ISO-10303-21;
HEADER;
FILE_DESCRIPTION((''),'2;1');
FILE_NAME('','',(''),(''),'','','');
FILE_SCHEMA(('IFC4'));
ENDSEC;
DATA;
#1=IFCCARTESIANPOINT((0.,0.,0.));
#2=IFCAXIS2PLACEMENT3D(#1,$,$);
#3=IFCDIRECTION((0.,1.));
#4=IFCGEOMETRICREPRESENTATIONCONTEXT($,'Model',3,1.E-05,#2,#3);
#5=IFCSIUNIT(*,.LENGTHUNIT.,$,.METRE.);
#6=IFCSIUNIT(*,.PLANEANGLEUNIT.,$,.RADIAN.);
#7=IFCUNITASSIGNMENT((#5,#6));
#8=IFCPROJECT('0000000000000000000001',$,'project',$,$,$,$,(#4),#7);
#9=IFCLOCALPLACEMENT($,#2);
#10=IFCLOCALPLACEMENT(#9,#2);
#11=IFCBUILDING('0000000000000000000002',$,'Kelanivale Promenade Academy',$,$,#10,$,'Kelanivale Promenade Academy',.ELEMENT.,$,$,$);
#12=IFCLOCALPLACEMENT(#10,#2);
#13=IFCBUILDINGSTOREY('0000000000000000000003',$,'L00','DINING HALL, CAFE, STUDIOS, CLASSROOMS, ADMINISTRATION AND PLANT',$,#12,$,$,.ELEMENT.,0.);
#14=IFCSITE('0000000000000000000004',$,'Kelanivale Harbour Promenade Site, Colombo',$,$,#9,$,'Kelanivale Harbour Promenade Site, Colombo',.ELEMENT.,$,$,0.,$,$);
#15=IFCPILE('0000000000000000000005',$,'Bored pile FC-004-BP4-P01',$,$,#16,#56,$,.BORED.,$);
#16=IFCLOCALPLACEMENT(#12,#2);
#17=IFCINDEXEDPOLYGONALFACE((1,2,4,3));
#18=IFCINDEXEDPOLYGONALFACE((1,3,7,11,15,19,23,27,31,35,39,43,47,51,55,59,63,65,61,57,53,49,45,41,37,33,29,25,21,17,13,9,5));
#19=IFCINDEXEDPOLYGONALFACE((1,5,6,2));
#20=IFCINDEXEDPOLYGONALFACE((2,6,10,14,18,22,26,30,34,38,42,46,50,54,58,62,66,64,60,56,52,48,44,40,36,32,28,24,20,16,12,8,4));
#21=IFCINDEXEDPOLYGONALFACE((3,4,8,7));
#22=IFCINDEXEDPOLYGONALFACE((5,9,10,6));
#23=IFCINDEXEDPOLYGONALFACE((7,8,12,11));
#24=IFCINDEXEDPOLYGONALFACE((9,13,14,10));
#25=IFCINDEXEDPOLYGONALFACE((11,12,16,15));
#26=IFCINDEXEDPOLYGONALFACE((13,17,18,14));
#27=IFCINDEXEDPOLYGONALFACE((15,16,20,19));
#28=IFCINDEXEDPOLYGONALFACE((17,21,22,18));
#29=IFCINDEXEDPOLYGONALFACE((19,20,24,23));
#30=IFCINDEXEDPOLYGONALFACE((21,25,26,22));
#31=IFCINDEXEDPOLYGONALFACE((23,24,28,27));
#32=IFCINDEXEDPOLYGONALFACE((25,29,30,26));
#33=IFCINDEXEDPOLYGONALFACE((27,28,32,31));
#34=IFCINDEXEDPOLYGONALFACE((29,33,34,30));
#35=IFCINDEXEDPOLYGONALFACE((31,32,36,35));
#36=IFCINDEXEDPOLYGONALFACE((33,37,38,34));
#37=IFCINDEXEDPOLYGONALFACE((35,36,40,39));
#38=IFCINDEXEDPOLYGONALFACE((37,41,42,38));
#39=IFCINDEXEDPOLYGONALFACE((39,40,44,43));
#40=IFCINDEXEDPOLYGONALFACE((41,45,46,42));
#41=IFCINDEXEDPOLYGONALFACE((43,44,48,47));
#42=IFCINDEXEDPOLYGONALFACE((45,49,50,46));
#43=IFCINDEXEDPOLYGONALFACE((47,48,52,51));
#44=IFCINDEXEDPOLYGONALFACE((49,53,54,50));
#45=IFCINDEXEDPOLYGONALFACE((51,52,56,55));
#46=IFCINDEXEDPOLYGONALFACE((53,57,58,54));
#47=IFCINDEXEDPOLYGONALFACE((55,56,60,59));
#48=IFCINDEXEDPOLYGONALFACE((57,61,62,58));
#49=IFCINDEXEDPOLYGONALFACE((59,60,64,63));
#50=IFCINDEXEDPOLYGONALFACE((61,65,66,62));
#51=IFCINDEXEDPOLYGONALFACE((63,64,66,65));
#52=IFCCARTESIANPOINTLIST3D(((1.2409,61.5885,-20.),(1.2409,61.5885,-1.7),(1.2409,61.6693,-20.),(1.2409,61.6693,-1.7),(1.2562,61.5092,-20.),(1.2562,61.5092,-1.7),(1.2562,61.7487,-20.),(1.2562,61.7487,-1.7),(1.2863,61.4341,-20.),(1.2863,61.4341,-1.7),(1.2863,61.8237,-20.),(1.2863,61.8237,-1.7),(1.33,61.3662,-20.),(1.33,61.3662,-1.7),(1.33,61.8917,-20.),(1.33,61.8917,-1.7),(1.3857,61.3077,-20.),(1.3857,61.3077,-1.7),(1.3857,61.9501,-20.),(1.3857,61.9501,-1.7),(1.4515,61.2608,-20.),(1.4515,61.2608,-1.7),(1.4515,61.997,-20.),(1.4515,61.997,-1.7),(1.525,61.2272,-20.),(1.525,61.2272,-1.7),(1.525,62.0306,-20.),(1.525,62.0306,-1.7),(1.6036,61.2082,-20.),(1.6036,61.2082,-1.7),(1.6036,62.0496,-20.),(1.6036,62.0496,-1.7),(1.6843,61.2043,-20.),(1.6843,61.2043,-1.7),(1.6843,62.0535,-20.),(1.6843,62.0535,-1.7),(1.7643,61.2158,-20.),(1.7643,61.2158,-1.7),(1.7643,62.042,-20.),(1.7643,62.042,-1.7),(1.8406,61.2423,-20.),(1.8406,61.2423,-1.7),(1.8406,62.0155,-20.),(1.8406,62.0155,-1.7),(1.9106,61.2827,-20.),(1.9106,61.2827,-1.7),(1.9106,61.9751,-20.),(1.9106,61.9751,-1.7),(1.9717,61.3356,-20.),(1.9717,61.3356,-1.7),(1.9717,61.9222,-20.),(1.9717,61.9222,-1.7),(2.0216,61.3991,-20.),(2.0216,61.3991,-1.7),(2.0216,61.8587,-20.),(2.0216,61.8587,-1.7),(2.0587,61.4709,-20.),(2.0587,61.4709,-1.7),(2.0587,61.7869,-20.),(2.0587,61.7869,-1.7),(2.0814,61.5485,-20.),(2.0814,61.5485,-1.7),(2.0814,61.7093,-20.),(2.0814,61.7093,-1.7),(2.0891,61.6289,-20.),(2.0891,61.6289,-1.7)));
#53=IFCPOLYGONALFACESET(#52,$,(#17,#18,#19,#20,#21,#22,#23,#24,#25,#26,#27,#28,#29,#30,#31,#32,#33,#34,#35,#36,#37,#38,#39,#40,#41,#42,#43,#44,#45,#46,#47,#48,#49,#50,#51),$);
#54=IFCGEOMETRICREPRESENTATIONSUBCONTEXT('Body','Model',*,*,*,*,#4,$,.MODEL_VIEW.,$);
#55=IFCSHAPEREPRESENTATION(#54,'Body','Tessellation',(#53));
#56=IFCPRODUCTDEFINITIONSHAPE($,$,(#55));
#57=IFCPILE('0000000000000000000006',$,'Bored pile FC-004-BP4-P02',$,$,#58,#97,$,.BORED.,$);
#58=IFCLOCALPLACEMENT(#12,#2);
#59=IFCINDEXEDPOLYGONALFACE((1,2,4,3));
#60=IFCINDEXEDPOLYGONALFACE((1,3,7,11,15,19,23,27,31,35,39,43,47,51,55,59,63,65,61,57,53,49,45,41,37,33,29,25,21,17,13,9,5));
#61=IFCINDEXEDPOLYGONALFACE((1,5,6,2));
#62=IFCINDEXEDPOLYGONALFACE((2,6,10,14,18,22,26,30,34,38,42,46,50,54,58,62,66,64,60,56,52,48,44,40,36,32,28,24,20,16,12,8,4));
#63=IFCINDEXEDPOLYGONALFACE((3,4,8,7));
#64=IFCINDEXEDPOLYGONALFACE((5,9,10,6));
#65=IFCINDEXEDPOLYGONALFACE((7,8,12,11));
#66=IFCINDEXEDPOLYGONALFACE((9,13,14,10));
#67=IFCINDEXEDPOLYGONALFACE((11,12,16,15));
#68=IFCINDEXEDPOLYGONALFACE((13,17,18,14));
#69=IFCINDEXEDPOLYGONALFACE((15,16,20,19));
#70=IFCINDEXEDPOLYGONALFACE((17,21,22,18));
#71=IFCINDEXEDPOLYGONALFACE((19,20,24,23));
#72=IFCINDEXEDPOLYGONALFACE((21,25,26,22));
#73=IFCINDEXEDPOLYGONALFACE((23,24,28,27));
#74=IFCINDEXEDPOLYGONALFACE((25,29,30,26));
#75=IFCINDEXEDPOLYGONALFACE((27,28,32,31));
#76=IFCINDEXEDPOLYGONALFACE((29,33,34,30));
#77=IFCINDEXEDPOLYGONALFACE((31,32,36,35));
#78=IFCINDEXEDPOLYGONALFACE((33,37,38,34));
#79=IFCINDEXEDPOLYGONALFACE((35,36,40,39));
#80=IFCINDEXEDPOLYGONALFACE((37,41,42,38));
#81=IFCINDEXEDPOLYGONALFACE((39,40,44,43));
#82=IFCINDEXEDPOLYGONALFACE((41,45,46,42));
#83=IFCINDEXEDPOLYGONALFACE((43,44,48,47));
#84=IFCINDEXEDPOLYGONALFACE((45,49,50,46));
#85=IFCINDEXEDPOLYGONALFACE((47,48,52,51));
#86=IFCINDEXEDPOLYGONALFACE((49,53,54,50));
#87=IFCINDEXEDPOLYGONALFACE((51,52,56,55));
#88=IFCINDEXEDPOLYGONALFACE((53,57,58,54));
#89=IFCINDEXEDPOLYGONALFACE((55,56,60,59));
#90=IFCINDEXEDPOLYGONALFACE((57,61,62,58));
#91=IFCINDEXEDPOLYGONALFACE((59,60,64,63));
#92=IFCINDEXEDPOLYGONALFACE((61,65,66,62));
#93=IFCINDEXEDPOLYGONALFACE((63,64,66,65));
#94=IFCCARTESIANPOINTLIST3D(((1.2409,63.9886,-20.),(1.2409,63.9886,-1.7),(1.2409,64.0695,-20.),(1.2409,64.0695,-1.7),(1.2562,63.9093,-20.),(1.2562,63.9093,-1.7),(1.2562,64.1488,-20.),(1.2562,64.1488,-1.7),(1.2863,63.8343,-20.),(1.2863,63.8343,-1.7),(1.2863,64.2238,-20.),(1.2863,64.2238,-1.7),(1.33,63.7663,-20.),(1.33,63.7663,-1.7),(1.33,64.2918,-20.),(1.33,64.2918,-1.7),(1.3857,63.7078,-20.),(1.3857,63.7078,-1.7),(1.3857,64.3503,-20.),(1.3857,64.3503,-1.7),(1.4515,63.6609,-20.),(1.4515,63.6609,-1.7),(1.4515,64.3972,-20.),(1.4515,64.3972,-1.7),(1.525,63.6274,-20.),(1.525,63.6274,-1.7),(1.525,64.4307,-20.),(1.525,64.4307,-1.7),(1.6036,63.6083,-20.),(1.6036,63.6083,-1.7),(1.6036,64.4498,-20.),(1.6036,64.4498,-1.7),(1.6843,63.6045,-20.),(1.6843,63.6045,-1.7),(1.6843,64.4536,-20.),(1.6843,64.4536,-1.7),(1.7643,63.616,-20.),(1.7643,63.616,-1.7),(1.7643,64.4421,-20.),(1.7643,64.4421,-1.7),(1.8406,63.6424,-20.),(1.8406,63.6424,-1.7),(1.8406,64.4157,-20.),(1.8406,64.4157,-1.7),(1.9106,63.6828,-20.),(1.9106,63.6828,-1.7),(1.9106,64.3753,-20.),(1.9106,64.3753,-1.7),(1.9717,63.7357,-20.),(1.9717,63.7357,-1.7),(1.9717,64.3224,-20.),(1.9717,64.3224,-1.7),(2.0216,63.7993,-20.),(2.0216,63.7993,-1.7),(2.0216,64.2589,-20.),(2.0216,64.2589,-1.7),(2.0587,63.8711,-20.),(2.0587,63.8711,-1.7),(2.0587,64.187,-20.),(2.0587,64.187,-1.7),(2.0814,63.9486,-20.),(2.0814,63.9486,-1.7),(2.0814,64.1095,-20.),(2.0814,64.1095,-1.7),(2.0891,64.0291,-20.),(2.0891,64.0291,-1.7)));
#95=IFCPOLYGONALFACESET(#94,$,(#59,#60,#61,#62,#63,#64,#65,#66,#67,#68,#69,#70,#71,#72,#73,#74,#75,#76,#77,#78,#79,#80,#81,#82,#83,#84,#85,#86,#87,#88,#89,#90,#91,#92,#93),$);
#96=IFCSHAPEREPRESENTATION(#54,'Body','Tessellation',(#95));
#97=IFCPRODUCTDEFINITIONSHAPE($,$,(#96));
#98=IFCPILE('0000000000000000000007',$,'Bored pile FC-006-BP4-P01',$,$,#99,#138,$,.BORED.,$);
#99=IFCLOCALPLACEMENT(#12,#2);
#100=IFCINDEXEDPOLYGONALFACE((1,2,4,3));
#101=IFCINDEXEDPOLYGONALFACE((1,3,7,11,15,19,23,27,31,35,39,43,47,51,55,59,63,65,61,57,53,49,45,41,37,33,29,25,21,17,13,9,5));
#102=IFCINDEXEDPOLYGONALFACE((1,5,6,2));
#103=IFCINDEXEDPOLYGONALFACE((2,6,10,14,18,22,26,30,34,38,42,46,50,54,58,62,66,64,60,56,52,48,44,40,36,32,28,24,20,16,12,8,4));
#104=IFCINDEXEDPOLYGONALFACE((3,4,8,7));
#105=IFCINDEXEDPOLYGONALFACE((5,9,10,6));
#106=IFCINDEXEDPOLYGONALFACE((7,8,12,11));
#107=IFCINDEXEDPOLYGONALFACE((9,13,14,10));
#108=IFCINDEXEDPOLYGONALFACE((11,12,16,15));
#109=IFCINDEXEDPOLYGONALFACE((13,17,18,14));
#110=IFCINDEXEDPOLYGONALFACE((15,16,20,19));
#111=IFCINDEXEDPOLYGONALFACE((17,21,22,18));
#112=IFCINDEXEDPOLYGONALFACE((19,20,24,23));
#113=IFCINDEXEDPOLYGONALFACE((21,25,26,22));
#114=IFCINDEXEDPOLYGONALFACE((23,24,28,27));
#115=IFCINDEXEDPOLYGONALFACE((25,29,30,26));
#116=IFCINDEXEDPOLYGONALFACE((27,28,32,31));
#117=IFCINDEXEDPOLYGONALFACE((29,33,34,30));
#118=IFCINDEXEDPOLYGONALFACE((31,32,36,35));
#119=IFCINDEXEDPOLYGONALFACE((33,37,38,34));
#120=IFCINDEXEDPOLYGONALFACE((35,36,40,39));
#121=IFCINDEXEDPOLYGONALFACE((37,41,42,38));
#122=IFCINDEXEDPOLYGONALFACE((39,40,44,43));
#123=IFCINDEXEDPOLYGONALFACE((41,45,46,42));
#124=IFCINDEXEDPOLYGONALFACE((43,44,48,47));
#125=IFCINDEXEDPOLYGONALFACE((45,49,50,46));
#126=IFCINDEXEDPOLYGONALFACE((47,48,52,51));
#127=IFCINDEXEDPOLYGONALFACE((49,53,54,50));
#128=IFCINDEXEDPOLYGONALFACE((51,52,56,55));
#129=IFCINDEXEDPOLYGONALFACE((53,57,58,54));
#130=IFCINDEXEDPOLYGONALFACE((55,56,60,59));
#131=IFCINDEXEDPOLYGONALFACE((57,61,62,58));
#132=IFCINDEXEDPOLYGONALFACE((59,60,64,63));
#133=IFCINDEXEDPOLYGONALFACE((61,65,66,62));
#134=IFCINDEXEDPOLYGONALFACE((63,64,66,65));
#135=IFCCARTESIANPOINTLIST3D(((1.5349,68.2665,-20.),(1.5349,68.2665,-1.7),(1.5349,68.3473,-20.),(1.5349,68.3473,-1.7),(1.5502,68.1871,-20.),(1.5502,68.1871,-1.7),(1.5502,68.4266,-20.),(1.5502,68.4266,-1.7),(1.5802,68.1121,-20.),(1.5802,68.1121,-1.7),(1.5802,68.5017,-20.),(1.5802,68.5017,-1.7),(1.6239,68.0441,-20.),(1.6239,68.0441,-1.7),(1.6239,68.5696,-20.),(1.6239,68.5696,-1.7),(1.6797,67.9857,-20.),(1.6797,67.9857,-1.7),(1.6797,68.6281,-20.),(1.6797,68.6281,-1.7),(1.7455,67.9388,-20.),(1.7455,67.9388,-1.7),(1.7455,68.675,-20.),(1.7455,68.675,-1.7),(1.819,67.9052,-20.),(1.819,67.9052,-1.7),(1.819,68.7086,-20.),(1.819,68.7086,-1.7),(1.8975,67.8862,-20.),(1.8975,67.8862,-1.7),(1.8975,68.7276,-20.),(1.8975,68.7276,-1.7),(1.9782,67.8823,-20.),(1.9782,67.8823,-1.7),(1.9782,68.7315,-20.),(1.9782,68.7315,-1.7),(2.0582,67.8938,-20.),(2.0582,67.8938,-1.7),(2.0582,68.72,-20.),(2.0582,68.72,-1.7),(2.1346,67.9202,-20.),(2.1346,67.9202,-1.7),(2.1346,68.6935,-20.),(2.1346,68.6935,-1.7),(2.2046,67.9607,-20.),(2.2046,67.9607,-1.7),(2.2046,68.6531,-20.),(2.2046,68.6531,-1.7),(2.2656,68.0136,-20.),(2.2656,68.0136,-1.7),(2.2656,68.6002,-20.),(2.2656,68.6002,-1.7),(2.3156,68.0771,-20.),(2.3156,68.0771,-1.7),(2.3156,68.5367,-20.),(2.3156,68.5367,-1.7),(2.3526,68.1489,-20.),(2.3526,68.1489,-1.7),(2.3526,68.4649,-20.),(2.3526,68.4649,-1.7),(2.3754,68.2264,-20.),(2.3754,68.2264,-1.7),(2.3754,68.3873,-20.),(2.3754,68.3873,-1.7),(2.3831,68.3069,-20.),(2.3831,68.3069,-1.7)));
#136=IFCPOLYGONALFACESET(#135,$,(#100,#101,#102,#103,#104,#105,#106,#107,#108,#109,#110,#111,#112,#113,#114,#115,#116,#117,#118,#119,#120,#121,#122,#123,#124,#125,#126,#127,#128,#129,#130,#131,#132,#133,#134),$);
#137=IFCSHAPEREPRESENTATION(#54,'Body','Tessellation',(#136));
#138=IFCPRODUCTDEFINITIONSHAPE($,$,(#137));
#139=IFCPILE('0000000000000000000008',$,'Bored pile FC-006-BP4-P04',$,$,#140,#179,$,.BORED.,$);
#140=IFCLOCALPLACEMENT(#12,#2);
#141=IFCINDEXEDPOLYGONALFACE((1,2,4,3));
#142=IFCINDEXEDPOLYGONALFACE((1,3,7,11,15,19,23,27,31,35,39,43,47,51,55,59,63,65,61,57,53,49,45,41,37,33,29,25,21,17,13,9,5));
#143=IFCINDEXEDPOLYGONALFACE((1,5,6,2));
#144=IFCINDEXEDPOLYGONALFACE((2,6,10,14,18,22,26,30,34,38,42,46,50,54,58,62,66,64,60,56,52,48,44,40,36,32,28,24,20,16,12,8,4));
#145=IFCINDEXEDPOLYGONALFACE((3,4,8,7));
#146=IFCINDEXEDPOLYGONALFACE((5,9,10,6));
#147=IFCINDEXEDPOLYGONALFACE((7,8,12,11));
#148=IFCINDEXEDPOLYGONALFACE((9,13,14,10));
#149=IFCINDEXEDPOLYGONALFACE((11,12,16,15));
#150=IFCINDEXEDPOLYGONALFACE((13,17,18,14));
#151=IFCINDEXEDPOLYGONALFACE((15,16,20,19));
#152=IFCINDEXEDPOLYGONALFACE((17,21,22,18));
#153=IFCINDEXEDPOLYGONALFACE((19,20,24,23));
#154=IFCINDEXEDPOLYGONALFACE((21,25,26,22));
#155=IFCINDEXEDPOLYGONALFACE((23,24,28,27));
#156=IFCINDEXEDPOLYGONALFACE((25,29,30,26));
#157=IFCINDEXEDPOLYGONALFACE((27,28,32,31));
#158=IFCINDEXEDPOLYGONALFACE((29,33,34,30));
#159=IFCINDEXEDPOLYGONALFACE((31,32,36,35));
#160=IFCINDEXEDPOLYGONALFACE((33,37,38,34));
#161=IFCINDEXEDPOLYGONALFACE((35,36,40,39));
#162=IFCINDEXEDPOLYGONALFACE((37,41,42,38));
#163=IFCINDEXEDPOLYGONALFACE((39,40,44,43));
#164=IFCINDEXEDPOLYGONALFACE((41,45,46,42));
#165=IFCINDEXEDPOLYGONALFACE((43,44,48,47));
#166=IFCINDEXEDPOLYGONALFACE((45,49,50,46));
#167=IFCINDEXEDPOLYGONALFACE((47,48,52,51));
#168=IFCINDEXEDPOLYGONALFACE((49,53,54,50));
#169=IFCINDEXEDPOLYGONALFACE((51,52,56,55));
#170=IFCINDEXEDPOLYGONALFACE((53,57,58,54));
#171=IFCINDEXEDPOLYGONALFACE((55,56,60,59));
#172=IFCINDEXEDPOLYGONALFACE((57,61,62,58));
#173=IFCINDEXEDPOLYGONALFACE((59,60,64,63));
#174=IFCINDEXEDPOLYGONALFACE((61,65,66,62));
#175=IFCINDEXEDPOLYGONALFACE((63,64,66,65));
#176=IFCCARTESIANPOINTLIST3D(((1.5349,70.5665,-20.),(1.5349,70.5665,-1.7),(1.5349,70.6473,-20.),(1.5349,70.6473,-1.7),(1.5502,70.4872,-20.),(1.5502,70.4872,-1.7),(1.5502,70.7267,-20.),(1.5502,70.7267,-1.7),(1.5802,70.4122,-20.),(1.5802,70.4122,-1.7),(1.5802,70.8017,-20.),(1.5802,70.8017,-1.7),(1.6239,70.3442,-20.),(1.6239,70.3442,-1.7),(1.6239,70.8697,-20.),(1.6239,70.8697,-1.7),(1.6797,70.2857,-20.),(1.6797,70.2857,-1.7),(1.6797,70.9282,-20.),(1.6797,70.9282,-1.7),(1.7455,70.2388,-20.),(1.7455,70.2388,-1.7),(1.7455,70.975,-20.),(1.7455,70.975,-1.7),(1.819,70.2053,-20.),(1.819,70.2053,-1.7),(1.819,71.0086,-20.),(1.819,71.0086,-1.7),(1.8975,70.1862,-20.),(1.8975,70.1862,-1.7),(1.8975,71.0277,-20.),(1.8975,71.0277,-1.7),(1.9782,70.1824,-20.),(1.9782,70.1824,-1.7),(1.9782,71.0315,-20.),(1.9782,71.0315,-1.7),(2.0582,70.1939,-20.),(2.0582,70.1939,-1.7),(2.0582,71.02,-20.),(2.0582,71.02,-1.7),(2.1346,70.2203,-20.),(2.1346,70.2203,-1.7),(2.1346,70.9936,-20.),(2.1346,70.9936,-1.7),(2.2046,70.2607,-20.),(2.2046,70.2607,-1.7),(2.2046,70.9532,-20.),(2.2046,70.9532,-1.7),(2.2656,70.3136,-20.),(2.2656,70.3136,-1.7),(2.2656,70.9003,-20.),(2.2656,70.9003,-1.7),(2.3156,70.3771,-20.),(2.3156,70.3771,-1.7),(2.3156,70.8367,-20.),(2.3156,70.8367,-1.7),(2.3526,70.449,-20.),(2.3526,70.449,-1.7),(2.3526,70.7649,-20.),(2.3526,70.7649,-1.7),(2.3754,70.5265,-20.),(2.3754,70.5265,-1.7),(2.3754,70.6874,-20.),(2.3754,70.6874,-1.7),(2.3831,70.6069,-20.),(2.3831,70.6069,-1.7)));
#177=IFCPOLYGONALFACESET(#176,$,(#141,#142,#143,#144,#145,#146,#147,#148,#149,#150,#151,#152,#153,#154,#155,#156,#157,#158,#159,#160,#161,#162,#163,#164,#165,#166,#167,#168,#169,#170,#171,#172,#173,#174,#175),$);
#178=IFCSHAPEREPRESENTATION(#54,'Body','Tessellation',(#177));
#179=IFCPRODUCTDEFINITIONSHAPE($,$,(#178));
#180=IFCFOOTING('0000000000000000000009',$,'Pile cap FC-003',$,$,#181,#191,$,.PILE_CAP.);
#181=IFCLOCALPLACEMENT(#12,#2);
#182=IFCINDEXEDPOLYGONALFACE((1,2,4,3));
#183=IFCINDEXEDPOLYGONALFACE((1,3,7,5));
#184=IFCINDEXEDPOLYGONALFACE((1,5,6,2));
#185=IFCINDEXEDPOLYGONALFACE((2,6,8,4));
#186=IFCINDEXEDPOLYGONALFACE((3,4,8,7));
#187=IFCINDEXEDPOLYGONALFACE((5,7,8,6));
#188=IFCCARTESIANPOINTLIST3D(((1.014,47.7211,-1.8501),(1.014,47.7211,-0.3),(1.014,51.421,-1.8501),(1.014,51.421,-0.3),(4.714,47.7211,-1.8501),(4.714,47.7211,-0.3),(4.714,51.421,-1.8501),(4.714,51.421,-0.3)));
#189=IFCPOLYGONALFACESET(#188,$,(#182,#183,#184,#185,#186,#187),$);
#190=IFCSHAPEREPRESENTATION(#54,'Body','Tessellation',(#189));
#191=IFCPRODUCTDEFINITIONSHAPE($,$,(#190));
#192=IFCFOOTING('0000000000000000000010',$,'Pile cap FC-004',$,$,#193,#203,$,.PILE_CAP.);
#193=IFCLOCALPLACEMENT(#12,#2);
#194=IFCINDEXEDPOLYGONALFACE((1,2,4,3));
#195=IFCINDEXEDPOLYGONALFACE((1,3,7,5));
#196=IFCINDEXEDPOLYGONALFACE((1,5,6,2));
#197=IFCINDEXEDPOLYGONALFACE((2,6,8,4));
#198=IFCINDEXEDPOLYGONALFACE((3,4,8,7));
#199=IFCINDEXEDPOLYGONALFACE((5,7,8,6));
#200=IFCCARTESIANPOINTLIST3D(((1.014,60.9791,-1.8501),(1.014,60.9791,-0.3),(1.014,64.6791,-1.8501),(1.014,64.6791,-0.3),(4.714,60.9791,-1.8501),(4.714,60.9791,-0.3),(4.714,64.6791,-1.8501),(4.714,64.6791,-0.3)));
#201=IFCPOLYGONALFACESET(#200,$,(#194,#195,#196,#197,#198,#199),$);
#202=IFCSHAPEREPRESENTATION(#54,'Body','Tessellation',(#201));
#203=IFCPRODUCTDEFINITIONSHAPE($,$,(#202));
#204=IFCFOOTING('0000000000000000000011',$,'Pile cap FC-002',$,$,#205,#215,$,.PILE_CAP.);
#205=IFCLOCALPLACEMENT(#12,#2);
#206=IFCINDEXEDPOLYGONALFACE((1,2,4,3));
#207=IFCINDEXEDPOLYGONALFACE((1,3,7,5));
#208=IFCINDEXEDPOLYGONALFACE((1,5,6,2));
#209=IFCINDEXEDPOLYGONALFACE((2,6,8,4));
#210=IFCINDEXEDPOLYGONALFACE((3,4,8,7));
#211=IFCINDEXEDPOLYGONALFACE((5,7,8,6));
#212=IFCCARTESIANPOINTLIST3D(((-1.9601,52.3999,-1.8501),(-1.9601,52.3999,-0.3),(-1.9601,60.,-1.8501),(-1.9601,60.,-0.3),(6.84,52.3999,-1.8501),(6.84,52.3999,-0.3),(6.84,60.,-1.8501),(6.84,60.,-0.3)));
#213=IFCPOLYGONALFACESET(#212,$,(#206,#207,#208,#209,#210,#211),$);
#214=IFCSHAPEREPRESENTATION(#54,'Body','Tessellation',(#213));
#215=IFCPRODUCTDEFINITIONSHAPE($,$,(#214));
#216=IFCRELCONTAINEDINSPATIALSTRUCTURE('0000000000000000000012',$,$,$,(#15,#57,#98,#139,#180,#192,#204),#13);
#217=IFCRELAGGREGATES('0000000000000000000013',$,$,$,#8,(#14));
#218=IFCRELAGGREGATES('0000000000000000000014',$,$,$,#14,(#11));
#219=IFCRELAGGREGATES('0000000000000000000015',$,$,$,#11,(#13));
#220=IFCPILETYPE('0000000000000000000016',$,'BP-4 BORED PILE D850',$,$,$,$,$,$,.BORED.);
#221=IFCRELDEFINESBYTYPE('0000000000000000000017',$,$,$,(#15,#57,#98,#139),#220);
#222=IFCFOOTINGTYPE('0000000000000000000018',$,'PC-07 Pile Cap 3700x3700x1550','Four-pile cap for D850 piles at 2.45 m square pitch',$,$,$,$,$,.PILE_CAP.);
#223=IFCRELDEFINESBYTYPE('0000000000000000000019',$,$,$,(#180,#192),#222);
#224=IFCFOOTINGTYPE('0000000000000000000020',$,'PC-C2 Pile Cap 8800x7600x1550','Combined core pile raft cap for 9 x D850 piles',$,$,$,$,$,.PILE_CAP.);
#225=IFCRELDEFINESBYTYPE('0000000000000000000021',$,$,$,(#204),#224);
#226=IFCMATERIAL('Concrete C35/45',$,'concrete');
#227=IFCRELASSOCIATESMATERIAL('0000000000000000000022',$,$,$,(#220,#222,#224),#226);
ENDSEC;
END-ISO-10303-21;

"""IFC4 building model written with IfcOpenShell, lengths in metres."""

from ifc_helpers import new_model, si_unit, direction, frame, origin, origin_2d, place, context, subcontext, project, spatial, rectangle, circle, extrude, material, material_profile, profile_set, type_object, element, save


model = new_model("IFC4")

# Units and contexts
model_context = context("Model", 3, precision=1e-05, world=origin(), true_north=direction((0.0, 1.0)))
body_context = subcontext(model_context, "Body", "Model", "MODEL_VIEW")
ifc_project = project(units=[si_unit("LENGTHUNIT", "METRE"), si_unit("PLANEANGLEUNIT", "RADIAN")], contexts=[model_context])

# Site, building, storey
site_placement = place(None, origin())
site = spatial("IfcSite", under=ifc_project, at=site_placement, Name="Kelanivale Harbour Promenade Site, Colombo", LongName="Kelanivale Harbour Promenade Site, Colombo", CompositionType="ELEMENT", RefElevation=0.0)
building_placement = place(site_placement, origin())
building = spatial("IfcBuilding", under=site, at=building_placement, Name="Kelanivale Promenade Academy", LongName="Kelanivale Promenade Academy", CompositionType="ELEMENT")
storey_placement = place(building_placement, origin())
storey = spatial("IfcBuildingStorey", under=building, at=storey_placement, Name="L00", Description="DINING HALL, CAFE, STUDIOS, CLASSROOMS, ADMINISTRATION AND PLANT", CompositionType="ELEMENT", Elevation=0.0)

# Piles
ifc_material_1 = material(Name="Concrete C35/45", Category="concrete")
ifc_material_profile_1 = material_profile(ifc_material_1, circle(Radius=0.425, at=origin_2d()), Name="BORED PILE D850")
ifc_profile_set_1 = profile_set([ifc_material_profile_1], Name="Concrete C35/45")
pile_type = type_object("IfcPileType", Name="BP-4 BORED PILE D850", PredefinedType="BORED", material=ifc_profile_set_1)
for number, where, z_axis, x_axis, name in (
    (1, (1.6641, 61.6289, -1.7), (0.0, 0.0, -1.0), (1.0, 0.0, 0.0), "Bored pile FC-004-BP4-P01"),
    (2, (1.6641, 64.0291, -1.7), (0.0, 0.0, -1.0), (1.0, 0.0, 0.0), "Bored pile FC-004-BP4-P02"),
    (3, (1.958, 68.3069, -1.7), (0.0, 0.0, -1.0), (1.0, 0.0, 0.0), "Bored pile FC-006-BP4-P01"),
    (4, (1.958, 70.6069, -1.7), (0.0, 0.0, -1.0), (1.0, 0.0, 0.0), "Bored pile FC-006-BP4-P04"),
):
    element("IfcPile", number, at=place(storey_placement, frame(where, z_axis=z_axis, x_axis=x_axis)), inside=storey, type_object=pile_type, Name=name, PredefinedType="BORED", context=body_context, shape_type="SweptSolid", body=[
        extrude(circle(Radius=0.425, at=origin_2d()), origin(), (0.0, 0.0, 1.0), 18.3),
    ])

# Footings
footing_type_1 = type_object("IfcFootingType", Name="PC-07 Pile Cap 3700x3700x1550", Description="Four-pile cap for D850 piles at 2.45 m square pitch", PredefinedType="PILE_CAP", material=ifc_material_1)
for number, where, z_axis, x_axis, name in (
    (5, (2.864, 49.571, -1.8501), (0.0, 0.0, 1.0), (1.0, 0.0, 0.0), "Pile cap FC-003"),
    (6, (2.864, 62.8291, -1.8501), (0.0, 0.0, 1.0), (1.0, 0.0, 0.0), "Pile cap FC-004"),
):
    element("IfcFooting", number, at=place(storey_placement, frame(where, z_axis=z_axis, x_axis=x_axis)), inside=storey, type_object=footing_type_1, Name=name, PredefinedType="PILE_CAP", context=body_context, shape_type="SweptSolid", body=[
        extrude(rectangle(XDim=3.7, YDim=3.7, at=origin_2d()), origin(), (0.0, 0.0, 1.0), 1.55),
    ])
footing_type_2 = type_object("IfcFootingType", Name="PC-C2 Pile Cap 8800x7600x1550", Description="Combined core pile raft cap for 9 x D850 piles", PredefinedType="PILE_CAP", material=ifc_material_1)
footing_1_placement = place(storey_placement, frame((2.4399, 56.2, -1.8501), z_axis=(0.0, 0.0, 1.0), x_axis=(1.0, 0.0, 0.0)))
element("IfcFooting", 7, at=footing_1_placement, inside=storey, type_object=footing_type_2, Name="Pile cap FC-002", PredefinedType="PILE_CAP", context=body_context, shape_type="SweptSolid", body=[
    extrude(rectangle(XDim=8.8, YDim=7.6001, at=origin_2d()), origin(), (0.0, 0.0, 1.0), 1.55),
])

save(model, "model.ifc")
